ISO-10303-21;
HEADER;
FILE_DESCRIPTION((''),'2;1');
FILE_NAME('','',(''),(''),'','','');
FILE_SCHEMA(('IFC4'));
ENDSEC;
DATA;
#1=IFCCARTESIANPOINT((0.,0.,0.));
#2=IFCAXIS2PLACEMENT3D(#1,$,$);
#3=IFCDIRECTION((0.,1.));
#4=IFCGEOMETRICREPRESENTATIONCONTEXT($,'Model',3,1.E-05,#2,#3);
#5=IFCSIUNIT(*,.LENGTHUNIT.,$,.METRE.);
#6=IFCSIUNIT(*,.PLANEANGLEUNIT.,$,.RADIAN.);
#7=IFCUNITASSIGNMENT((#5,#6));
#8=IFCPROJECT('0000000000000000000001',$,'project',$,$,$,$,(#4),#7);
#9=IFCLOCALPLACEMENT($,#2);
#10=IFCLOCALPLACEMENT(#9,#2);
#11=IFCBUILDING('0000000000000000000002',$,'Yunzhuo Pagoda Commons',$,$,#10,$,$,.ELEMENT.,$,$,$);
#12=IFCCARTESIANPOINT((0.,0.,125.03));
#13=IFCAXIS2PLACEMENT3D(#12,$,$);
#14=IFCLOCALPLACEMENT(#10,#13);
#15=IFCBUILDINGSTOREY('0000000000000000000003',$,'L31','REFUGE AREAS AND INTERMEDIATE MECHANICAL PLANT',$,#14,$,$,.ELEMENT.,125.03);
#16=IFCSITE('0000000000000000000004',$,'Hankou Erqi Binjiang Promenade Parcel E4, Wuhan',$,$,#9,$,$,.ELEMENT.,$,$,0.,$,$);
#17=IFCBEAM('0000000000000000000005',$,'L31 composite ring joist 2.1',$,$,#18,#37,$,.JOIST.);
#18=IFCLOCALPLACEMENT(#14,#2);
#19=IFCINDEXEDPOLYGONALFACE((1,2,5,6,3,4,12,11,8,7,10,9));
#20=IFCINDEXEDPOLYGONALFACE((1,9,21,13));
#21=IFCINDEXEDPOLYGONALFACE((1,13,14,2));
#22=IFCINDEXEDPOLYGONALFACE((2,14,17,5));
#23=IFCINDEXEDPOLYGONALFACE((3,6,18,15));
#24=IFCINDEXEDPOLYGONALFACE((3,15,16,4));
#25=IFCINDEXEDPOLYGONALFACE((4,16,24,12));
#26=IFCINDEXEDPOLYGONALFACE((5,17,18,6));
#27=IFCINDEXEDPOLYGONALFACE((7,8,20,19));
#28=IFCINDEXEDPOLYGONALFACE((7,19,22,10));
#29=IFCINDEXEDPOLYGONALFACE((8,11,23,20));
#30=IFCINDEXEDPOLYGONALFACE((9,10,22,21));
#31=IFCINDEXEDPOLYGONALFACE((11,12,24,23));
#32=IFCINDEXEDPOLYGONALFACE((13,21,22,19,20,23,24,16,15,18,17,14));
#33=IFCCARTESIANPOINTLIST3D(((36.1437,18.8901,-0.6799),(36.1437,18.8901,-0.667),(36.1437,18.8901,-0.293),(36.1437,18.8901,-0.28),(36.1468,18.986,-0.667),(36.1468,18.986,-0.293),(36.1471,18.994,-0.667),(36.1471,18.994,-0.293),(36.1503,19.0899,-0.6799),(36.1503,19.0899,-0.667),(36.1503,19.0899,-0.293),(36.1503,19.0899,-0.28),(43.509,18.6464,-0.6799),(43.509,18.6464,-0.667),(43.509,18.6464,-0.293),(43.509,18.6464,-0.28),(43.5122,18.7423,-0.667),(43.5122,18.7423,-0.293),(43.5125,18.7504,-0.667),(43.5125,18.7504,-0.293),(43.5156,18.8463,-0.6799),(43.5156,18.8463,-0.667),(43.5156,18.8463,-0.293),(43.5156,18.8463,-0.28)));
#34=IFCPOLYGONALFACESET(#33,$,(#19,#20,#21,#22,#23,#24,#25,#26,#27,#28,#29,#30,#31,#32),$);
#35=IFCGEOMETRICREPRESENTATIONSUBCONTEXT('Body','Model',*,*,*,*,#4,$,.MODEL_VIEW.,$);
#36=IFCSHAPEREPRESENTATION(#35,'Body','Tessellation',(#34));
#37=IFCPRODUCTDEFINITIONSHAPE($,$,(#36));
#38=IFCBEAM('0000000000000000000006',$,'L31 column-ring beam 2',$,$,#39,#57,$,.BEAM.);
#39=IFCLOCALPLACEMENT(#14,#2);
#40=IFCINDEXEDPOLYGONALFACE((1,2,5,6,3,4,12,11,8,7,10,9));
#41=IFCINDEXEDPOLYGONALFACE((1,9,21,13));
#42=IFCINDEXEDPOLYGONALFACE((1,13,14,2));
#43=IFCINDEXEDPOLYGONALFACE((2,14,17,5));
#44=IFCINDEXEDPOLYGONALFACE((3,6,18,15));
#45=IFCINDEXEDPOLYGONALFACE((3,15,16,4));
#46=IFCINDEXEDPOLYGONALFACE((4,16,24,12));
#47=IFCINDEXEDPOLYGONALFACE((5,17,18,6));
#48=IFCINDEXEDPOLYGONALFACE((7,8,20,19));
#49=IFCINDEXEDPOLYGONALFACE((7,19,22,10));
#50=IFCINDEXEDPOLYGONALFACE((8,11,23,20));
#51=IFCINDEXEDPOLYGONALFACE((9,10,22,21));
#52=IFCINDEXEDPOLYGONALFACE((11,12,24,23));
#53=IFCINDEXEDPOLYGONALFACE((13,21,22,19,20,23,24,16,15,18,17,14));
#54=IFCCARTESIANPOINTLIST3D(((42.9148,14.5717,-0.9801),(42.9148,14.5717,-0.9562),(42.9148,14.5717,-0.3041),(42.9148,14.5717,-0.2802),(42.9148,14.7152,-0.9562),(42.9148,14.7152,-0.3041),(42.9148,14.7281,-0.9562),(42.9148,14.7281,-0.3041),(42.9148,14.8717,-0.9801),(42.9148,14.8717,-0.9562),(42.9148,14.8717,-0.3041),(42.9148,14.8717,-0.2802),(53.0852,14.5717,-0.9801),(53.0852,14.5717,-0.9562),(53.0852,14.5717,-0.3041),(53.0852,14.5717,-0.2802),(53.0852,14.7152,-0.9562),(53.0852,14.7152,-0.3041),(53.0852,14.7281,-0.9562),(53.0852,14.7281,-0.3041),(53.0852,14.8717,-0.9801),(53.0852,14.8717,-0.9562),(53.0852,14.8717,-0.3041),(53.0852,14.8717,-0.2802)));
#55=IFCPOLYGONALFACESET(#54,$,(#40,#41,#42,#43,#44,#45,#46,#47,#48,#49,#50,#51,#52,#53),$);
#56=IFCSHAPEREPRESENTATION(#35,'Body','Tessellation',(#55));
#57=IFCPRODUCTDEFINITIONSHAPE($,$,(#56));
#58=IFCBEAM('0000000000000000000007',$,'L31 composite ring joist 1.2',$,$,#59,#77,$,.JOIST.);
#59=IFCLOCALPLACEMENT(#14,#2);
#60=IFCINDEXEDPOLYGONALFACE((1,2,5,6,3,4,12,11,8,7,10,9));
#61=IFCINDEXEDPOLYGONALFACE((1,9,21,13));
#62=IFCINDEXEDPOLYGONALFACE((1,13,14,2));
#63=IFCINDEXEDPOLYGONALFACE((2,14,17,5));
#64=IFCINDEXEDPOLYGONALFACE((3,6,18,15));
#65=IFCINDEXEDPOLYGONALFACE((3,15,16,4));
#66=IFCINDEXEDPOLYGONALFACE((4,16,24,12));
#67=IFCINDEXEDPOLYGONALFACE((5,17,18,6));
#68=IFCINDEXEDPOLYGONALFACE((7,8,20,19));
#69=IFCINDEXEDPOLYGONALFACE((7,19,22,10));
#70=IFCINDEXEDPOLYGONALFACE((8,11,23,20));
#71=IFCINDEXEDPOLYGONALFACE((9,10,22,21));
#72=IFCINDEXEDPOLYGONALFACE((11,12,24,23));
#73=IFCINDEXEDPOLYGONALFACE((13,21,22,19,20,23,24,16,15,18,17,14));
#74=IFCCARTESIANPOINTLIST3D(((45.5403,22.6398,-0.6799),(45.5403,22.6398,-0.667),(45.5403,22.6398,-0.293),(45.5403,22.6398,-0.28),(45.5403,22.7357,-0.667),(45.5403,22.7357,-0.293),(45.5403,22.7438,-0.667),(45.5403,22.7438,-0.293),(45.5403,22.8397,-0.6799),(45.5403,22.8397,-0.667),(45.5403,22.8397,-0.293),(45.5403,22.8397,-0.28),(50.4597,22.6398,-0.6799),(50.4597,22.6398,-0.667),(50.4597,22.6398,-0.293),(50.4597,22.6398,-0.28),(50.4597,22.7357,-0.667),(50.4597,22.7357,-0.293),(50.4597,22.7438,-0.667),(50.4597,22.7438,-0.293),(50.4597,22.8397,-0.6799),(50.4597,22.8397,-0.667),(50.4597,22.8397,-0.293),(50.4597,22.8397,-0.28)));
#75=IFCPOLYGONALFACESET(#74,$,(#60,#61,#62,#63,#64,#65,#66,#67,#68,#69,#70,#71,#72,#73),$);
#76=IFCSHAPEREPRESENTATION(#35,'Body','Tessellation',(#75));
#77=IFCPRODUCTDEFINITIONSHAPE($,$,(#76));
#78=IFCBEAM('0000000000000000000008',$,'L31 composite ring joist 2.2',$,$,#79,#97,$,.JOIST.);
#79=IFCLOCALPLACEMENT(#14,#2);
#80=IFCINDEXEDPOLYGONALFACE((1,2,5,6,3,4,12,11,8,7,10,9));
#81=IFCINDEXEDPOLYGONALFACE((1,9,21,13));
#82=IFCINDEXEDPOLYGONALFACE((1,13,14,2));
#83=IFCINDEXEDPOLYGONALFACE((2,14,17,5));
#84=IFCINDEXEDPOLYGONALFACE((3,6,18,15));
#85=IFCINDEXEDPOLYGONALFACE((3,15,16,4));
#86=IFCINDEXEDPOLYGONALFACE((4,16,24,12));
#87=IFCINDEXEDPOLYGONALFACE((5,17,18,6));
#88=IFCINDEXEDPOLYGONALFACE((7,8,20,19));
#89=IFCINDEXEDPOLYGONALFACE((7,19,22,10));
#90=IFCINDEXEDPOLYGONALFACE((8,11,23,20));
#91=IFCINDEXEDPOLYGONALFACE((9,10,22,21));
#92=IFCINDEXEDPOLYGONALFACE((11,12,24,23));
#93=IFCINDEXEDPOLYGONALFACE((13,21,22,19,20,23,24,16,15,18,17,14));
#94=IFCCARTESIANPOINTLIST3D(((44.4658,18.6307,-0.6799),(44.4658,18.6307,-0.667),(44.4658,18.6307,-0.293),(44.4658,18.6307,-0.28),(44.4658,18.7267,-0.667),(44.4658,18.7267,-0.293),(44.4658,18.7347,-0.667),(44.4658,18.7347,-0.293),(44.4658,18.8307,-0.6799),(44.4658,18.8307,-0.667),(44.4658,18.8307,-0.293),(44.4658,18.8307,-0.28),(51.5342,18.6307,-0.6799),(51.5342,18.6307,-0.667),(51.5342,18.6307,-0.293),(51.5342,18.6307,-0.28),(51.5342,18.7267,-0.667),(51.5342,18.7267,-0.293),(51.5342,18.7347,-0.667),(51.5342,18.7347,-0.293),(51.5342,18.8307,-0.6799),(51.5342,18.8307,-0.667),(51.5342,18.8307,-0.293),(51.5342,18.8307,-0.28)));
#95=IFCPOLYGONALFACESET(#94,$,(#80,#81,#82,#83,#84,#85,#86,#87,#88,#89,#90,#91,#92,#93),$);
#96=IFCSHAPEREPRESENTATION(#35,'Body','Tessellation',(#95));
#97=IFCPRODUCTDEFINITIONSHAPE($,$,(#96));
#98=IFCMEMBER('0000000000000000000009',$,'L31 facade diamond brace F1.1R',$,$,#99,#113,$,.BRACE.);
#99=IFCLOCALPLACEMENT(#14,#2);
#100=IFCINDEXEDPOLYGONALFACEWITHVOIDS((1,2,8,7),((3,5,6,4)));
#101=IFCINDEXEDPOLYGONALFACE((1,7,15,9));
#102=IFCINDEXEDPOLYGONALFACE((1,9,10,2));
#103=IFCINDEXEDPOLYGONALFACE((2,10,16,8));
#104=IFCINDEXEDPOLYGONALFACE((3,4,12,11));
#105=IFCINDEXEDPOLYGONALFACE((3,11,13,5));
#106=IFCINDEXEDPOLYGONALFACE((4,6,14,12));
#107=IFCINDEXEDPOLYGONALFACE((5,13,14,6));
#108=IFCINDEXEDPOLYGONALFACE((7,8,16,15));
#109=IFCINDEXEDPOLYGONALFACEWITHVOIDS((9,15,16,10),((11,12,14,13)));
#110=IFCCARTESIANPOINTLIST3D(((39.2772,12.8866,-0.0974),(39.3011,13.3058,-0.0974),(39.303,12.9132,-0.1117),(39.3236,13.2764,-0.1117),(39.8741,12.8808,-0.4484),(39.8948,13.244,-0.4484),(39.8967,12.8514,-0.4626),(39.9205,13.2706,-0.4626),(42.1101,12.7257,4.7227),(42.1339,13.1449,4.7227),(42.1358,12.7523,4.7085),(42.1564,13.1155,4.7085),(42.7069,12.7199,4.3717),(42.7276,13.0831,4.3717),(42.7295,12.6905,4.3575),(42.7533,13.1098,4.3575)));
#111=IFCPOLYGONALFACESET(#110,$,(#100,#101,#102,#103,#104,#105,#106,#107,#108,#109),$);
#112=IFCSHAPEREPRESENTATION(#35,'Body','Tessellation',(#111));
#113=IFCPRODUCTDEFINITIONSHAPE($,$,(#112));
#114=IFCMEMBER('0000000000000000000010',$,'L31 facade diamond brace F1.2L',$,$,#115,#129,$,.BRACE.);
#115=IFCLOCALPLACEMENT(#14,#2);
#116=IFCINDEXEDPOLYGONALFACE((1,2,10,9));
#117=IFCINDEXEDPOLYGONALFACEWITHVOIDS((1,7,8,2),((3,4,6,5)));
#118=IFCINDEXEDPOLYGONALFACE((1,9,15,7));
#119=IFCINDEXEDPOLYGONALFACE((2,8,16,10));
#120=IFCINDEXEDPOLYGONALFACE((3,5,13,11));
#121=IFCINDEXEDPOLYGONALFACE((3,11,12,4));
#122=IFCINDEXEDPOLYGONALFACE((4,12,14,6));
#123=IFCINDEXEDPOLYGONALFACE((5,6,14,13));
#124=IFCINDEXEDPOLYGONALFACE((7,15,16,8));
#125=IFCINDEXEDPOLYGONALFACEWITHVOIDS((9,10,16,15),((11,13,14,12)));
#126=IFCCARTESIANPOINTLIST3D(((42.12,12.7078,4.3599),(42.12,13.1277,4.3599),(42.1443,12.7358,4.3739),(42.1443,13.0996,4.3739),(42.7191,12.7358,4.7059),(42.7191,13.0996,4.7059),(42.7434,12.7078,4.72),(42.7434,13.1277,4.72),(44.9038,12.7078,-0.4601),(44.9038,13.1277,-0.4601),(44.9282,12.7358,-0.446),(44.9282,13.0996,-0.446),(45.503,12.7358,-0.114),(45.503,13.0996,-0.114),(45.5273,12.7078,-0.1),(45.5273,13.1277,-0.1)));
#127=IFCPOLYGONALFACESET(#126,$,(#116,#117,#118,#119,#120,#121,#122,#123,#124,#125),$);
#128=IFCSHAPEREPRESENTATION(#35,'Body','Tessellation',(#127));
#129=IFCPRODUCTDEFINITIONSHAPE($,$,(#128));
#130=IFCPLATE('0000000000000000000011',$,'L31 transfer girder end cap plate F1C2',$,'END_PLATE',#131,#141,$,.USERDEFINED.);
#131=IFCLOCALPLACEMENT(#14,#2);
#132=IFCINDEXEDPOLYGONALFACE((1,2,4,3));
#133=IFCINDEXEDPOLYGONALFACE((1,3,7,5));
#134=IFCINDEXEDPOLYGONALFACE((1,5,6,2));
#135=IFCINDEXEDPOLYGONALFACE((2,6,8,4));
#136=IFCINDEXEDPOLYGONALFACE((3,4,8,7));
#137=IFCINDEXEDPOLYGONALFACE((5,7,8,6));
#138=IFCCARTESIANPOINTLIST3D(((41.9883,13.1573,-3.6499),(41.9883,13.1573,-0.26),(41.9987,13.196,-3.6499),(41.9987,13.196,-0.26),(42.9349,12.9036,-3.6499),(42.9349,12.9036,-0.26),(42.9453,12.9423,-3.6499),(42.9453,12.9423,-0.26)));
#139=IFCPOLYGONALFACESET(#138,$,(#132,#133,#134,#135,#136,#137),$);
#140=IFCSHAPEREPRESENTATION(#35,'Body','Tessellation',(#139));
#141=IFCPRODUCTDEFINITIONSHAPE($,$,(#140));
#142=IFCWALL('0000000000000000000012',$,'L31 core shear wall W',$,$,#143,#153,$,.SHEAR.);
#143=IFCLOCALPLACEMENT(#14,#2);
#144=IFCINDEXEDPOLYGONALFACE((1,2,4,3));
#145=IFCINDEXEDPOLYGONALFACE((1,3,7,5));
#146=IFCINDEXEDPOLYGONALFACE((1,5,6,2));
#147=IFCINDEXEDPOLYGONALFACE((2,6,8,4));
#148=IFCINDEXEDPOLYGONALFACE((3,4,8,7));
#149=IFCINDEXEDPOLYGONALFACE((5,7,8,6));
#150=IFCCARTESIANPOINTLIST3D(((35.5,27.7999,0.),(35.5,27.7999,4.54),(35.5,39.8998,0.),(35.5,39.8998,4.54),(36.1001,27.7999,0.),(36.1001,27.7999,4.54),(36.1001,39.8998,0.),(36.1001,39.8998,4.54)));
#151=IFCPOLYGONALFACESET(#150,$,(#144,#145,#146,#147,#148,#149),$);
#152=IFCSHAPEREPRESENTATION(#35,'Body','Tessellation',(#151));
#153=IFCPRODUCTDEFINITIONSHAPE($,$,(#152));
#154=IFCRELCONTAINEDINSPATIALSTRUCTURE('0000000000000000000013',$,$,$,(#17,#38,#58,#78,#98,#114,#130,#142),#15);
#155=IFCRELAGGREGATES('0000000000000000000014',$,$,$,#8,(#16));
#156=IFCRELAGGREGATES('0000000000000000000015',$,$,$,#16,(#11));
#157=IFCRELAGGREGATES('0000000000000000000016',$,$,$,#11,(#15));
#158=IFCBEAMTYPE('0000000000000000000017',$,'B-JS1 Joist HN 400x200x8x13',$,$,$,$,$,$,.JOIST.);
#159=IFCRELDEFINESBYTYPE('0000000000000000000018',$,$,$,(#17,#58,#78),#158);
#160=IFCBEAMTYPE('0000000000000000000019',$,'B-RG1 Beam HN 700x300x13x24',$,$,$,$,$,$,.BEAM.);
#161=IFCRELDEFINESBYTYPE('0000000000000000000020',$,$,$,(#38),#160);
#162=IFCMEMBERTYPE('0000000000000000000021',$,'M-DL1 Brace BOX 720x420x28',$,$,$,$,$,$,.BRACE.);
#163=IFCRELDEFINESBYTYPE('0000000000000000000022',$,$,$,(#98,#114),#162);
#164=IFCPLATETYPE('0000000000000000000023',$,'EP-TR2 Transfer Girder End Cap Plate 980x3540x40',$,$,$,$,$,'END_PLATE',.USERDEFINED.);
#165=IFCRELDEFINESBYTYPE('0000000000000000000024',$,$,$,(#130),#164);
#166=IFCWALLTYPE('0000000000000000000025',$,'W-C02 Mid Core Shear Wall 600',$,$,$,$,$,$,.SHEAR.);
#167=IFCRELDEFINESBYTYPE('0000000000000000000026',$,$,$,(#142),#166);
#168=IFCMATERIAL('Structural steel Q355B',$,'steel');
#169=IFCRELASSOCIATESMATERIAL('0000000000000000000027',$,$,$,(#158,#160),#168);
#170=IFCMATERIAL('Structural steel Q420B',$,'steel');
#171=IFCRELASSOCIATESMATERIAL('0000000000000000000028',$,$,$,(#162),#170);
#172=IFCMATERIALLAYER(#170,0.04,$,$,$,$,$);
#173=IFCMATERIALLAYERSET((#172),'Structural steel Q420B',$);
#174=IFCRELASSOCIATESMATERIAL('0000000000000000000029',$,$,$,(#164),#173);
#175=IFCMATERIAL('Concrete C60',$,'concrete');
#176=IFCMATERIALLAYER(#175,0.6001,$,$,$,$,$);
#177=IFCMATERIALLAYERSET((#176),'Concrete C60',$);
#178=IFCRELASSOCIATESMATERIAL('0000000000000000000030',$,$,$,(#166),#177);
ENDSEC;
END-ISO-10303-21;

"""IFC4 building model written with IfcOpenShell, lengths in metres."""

from ifc_helpers import new_model, si_unit, direction, frame, frame_2d, origin, origin_2d, place, context, subcontext, project, spatial, rectangle, hollow_rectangle, i_section, extrude, source, transform, mapped, material, layer, layer_set, material_profile, profile_set, type_object, element, save


model = new_model("IFC4")

# Units and contexts
model_context = context("Model", 3, precision=1e-05, world=origin(), true_north=direction((0.0, 1.0)))
body_context = subcontext(model_context, "Body", "Model", "MODEL_VIEW")
ifc_project = project(units=[si_unit("LENGTHUNIT", "METRE"), si_unit("PLANEANGLEUNIT", "RADIAN")], contexts=[model_context])

# Site, building, storey
site_placement = place(None, origin())
site = spatial("IfcSite", under=ifc_project, at=site_placement, Name="Hankou Erqi Binjiang Promenade Parcel E4, Wuhan", CompositionType="ELEMENT", RefElevation=0.0)
building_placement = place(site_placement, origin())
building = spatial("IfcBuilding", under=site, at=building_placement, Name="Yunzhuo Pagoda Commons", CompositionType="ELEMENT")
storey_placement = place(building_placement, frame((0.0, 0.0, 125.03)))
storey = spatial("IfcBuildingStorey", under=building, at=storey_placement, Name="L31", Description="REFUGE AREAS AND INTERMEDIATE MECHANICAL PLANT", CompositionType="ELEMENT", Elevation=125.03)

# Shared definitions
ifc_material_1 = material(Name="Structural steel Q420B", Category="steel")

# Beams
ifc_material_2 = material(Name="Structural steel Q355B", Category="steel")
ifc_material_profile_1 = material_profile(ifc_material_2, i_section(OverallWidth=0.2, OverallDepth=0.3999, WebThickness=0.0081, FlangeThickness=0.0129, at=origin_2d()), Name="Structural steel Q355B")
ifc_profile_set_1 = profile_set([ifc_material_profile_1], Name="Structural steel Q355B")
beam_type_1 = type_object("IfcBeamType", Name="B-JS1 Joist HN 400x200x8x13", PredefinedType="JOIST", material=ifc_profile_set_1)
shared_shape_1 = source(origin(), body_context, "Body", "SweptSolid", [
    extrude(i_section(OverallWidth=0.2, OverallDepth=0.3999, WebThickness=0.0081, FlangeThickness=0.0129, at=origin_2d()), origin(), (0.0, 0.0, 1.0), 7.3694),
])
beam_1_placement = place(storey_placement, frame((36.147, 18.99, -0.48), z_axis=(0.999453, -0.033063, 0.0), x_axis=(0.033063, 0.999453, 0.0)))
element("IfcBeam", 1, at=beam_1_placement, inside=storey, type_object=beam_type_1, Name="L31 composite ring joist 2.1", PredefinedType="JOIST", context=body_context, shape_type="MappedRepresentation", body=[
    mapped(shared_shape_1, transform((0.0, 0.0, 0.0), scale=1.0)),
])
ifc_material_profile_2 = material_profile(ifc_material_2, i_section(OverallWidth=0.3, OverallDepth=0.7, WebThickness=0.0129, FlangeThickness=0.0239, at=origin_2d()), Name="Structural steel Q355B")
ifc_profile_set_2 = profile_set([ifc_material_profile_2], Name="Structural steel Q355B")
beam_type_2 = type_object("IfcBeamType", Name="B-RG1 Beam HN 700x300x13x24", PredefinedType="BEAM", material=ifc_profile_set_2)
shared_shape_2 = source(origin(), body_context, "Body", "SweptSolid", [
    extrude(i_section(OverallWidth=0.3, OverallDepth=0.7, WebThickness=0.0129, FlangeThickness=0.0239, at=origin_2d()), origin(), (0.0, 0.0, 1.0), 10.1704),
])
beam_2_placement = place(storey_placement, frame((42.9148, 14.7217, -0.6301), z_axis=(1.0, 0.0, 0.0), x_axis=(0.0, 1.0, 0.0)))
element("IfcBeam", 2, at=beam_2_placement, inside=storey, type_object=beam_type_2, Name="L31 column-ring beam 2", PredefinedType="BEAM", context=body_context, shape_type="MappedRepresentation", body=[
    mapped(shared_shape_2, transform((0.0, 0.0, 0.0), scale=1.0)),
])
shared_shape_3 = source(origin(), body_context, "Body", "SweptSolid", [
    extrude(i_section(OverallWidth=0.2, OverallDepth=0.3999, WebThickness=0.0081, FlangeThickness=0.0129, at=origin_2d()), origin(), (0.0, 0.0, 1.0), 4.9194),
])
beam_3_placement = place(storey_placement, frame((45.5403, 22.7397, -0.48), z_axis=(1.0, 0.0, 0.0), x_axis=(0.0, 1.0, 0.0)))
element("IfcBeam", 3, at=beam_3_placement, inside=storey, type_object=beam_type_1, Name="L31 composite ring joist 1.2", PredefinedType="JOIST", context=body_context, shape_type="MappedRepresentation", body=[
    mapped(shared_shape_3, transform((0.0, 0.0, 0.0), scale=1.0)),
])
shared_shape_4 = source(origin(), body_context, "Body", "SweptSolid", [
    extrude(i_section(OverallWidth=0.2, OverallDepth=0.3999, WebThickness=0.0081, FlangeThickness=0.0129, at=origin_2d()), origin(), (0.0, 0.0, 1.0), 7.0684),
])
beam_4_placement = place(storey_placement, frame((44.4658, 18.7307, -0.48), z_axis=(1.0, 0.0, 0.0), x_axis=(0.0, 1.0, 0.0)))
element("IfcBeam", 4, at=beam_4_placement, inside=storey, type_object=beam_type_1, Name="L31 composite ring joist 2.2", PredefinedType="JOIST", context=body_context, shape_type="MappedRepresentation", body=[
    mapped(shared_shape_4, transform((0.0, 0.0, 0.0), scale=1.0)),
])

# Members
ifc_material_profile_3 = material_profile(ifc_material_1, hollow_rectangle(XDim=0.4199, YDim=0.72, WallThickness=0.0281, at=origin_2d()), Name="Structural steel Q420B")
ifc_profile_set_3 = profile_set([ifc_material_profile_3], Name="Structural steel Q420B")
member_type = type_object("IfcMemberType", Name="M-DL1 Brace BOX 720x420x28", PredefinedType="BRACE", material=ifc_profile_set_3)
shared_shape_5 = source(origin(), body_context, "Body", "SweptSolid", [
    extrude(hollow_rectangle(XDim=0.4199, YDim=0.72, WallThickness=0.0281, at=origin_2d()), origin(), (0.0, 0.0, 1.0), 5.5933),
])
member_1_placement = place(storey_placement, frame((39.5989, 13.0786, -0.28), z_axis=(0.506469, -0.028765, 0.861778), x_axis=(0.056704, 0.998391, 0.0)))
element("IfcMember", 5, at=member_1_placement, inside=storey, type_object=member_type, Name="L31 facade diamond brace F1.1R", PredefinedType="BRACE", context=body_context, shape_type="MappedRepresentation", body=[
    mapped(shared_shape_5, transform((0.0, 0.0, 0.0), scale=1.0)),
])
shared_shape_6 = source(origin(), body_context, "Body", "SweptSolid", [
    extrude(hollow_rectangle(XDim=0.4199, YDim=0.72, WallThickness=0.0281, at=origin_2d()), origin(), (0.0, 0.0, 1.0), 5.5662),
])
member_2_placement = place(storey_placement, frame((45.2156, 12.9177, -0.28), z_axis=(-0.500144, 0.0, 0.865942), x_axis=(0.0, -1.0, 0.0)))
element("IfcMember", 6, at=member_2_placement, inside=storey, type_object=member_type, Name="L31 facade diamond brace F1.2L", PredefinedType="BRACE", context=body_context, shape_type="MappedRepresentation", body=[
    mapped(shared_shape_6, transform((0.0, 0.0, 0.0), scale=1.0)),
])

# Plate
ifc_layer_1 = layer(ifc_material_1, 0.04)
ifc_layer_set_1 = layer_set([ifc_layer_1], Name="Structural steel Q420B")
plate_type = type_object("IfcPlateType", Name="EP-TR2 Transfer Girder End Cap Plate 980x3540x40", ElementType="END_PLATE", PredefinedType="USERDEFINED", material=ifc_layer_set_1)
shared_shape_7 = source(origin(), body_context, "Body", "SweptSolid", [
    extrude(rectangle(XDim=0.98, YDim=0.04, at=origin_2d()), origin(), (0.0, 0.0, 1.0), 3.3899),
])
plate_placement = place(storey_placement, frame((42.4668, 13.0498, -3.6499), z_axis=(0.0, 0.0, 1.0), x_axis=(0.965926, -0.258819, 0.0)))
element("IfcPlate", 7, at=plate_placement, inside=storey, type_object=plate_type, Name="L31 transfer girder end cap plate F1C2", ObjectType="END_PLATE", PredefinedType="USERDEFINED", context=body_context, shape_type="MappedRepresentation", body=[
    mapped(shared_shape_7, transform((0.0, 0.0, 0.0), scale=1.0)),
])

# Wall
ifc_material_3 = material(Name="Concrete C60", Category="concrete")
ifc_layer_2 = layer(ifc_material_3, 0.6001)
ifc_layer_set_2 = layer_set([ifc_layer_2], Name="Concrete C60")
wall_type_1 = type_object("IfcWallType", Name="W-C02 Mid Core Shear Wall 600", PredefinedType="SHEAR", material=ifc_layer_set_2)
wall_1_placement = place(storey_placement, frame((35.8, 27.8, 0.0), z_axis=(0.0, 0.0, 1.0), x_axis=(0.0, 1.0, 0.0)))
element("IfcWall", 8, at=wall_1_placement, inside=storey, type_object=wall_type_1, Name="L31 core shear wall W", PredefinedType="SHEAR", context=body_context, shape_type="SweptSolid", body=[
    extrude(rectangle(XDim=12.0999, YDim=0.6001, at=frame_2d((6.0498, 0.0))), origin(), (0.0, 0.0, 1.0), 4.54),
])

save(model, "model.ifc")
